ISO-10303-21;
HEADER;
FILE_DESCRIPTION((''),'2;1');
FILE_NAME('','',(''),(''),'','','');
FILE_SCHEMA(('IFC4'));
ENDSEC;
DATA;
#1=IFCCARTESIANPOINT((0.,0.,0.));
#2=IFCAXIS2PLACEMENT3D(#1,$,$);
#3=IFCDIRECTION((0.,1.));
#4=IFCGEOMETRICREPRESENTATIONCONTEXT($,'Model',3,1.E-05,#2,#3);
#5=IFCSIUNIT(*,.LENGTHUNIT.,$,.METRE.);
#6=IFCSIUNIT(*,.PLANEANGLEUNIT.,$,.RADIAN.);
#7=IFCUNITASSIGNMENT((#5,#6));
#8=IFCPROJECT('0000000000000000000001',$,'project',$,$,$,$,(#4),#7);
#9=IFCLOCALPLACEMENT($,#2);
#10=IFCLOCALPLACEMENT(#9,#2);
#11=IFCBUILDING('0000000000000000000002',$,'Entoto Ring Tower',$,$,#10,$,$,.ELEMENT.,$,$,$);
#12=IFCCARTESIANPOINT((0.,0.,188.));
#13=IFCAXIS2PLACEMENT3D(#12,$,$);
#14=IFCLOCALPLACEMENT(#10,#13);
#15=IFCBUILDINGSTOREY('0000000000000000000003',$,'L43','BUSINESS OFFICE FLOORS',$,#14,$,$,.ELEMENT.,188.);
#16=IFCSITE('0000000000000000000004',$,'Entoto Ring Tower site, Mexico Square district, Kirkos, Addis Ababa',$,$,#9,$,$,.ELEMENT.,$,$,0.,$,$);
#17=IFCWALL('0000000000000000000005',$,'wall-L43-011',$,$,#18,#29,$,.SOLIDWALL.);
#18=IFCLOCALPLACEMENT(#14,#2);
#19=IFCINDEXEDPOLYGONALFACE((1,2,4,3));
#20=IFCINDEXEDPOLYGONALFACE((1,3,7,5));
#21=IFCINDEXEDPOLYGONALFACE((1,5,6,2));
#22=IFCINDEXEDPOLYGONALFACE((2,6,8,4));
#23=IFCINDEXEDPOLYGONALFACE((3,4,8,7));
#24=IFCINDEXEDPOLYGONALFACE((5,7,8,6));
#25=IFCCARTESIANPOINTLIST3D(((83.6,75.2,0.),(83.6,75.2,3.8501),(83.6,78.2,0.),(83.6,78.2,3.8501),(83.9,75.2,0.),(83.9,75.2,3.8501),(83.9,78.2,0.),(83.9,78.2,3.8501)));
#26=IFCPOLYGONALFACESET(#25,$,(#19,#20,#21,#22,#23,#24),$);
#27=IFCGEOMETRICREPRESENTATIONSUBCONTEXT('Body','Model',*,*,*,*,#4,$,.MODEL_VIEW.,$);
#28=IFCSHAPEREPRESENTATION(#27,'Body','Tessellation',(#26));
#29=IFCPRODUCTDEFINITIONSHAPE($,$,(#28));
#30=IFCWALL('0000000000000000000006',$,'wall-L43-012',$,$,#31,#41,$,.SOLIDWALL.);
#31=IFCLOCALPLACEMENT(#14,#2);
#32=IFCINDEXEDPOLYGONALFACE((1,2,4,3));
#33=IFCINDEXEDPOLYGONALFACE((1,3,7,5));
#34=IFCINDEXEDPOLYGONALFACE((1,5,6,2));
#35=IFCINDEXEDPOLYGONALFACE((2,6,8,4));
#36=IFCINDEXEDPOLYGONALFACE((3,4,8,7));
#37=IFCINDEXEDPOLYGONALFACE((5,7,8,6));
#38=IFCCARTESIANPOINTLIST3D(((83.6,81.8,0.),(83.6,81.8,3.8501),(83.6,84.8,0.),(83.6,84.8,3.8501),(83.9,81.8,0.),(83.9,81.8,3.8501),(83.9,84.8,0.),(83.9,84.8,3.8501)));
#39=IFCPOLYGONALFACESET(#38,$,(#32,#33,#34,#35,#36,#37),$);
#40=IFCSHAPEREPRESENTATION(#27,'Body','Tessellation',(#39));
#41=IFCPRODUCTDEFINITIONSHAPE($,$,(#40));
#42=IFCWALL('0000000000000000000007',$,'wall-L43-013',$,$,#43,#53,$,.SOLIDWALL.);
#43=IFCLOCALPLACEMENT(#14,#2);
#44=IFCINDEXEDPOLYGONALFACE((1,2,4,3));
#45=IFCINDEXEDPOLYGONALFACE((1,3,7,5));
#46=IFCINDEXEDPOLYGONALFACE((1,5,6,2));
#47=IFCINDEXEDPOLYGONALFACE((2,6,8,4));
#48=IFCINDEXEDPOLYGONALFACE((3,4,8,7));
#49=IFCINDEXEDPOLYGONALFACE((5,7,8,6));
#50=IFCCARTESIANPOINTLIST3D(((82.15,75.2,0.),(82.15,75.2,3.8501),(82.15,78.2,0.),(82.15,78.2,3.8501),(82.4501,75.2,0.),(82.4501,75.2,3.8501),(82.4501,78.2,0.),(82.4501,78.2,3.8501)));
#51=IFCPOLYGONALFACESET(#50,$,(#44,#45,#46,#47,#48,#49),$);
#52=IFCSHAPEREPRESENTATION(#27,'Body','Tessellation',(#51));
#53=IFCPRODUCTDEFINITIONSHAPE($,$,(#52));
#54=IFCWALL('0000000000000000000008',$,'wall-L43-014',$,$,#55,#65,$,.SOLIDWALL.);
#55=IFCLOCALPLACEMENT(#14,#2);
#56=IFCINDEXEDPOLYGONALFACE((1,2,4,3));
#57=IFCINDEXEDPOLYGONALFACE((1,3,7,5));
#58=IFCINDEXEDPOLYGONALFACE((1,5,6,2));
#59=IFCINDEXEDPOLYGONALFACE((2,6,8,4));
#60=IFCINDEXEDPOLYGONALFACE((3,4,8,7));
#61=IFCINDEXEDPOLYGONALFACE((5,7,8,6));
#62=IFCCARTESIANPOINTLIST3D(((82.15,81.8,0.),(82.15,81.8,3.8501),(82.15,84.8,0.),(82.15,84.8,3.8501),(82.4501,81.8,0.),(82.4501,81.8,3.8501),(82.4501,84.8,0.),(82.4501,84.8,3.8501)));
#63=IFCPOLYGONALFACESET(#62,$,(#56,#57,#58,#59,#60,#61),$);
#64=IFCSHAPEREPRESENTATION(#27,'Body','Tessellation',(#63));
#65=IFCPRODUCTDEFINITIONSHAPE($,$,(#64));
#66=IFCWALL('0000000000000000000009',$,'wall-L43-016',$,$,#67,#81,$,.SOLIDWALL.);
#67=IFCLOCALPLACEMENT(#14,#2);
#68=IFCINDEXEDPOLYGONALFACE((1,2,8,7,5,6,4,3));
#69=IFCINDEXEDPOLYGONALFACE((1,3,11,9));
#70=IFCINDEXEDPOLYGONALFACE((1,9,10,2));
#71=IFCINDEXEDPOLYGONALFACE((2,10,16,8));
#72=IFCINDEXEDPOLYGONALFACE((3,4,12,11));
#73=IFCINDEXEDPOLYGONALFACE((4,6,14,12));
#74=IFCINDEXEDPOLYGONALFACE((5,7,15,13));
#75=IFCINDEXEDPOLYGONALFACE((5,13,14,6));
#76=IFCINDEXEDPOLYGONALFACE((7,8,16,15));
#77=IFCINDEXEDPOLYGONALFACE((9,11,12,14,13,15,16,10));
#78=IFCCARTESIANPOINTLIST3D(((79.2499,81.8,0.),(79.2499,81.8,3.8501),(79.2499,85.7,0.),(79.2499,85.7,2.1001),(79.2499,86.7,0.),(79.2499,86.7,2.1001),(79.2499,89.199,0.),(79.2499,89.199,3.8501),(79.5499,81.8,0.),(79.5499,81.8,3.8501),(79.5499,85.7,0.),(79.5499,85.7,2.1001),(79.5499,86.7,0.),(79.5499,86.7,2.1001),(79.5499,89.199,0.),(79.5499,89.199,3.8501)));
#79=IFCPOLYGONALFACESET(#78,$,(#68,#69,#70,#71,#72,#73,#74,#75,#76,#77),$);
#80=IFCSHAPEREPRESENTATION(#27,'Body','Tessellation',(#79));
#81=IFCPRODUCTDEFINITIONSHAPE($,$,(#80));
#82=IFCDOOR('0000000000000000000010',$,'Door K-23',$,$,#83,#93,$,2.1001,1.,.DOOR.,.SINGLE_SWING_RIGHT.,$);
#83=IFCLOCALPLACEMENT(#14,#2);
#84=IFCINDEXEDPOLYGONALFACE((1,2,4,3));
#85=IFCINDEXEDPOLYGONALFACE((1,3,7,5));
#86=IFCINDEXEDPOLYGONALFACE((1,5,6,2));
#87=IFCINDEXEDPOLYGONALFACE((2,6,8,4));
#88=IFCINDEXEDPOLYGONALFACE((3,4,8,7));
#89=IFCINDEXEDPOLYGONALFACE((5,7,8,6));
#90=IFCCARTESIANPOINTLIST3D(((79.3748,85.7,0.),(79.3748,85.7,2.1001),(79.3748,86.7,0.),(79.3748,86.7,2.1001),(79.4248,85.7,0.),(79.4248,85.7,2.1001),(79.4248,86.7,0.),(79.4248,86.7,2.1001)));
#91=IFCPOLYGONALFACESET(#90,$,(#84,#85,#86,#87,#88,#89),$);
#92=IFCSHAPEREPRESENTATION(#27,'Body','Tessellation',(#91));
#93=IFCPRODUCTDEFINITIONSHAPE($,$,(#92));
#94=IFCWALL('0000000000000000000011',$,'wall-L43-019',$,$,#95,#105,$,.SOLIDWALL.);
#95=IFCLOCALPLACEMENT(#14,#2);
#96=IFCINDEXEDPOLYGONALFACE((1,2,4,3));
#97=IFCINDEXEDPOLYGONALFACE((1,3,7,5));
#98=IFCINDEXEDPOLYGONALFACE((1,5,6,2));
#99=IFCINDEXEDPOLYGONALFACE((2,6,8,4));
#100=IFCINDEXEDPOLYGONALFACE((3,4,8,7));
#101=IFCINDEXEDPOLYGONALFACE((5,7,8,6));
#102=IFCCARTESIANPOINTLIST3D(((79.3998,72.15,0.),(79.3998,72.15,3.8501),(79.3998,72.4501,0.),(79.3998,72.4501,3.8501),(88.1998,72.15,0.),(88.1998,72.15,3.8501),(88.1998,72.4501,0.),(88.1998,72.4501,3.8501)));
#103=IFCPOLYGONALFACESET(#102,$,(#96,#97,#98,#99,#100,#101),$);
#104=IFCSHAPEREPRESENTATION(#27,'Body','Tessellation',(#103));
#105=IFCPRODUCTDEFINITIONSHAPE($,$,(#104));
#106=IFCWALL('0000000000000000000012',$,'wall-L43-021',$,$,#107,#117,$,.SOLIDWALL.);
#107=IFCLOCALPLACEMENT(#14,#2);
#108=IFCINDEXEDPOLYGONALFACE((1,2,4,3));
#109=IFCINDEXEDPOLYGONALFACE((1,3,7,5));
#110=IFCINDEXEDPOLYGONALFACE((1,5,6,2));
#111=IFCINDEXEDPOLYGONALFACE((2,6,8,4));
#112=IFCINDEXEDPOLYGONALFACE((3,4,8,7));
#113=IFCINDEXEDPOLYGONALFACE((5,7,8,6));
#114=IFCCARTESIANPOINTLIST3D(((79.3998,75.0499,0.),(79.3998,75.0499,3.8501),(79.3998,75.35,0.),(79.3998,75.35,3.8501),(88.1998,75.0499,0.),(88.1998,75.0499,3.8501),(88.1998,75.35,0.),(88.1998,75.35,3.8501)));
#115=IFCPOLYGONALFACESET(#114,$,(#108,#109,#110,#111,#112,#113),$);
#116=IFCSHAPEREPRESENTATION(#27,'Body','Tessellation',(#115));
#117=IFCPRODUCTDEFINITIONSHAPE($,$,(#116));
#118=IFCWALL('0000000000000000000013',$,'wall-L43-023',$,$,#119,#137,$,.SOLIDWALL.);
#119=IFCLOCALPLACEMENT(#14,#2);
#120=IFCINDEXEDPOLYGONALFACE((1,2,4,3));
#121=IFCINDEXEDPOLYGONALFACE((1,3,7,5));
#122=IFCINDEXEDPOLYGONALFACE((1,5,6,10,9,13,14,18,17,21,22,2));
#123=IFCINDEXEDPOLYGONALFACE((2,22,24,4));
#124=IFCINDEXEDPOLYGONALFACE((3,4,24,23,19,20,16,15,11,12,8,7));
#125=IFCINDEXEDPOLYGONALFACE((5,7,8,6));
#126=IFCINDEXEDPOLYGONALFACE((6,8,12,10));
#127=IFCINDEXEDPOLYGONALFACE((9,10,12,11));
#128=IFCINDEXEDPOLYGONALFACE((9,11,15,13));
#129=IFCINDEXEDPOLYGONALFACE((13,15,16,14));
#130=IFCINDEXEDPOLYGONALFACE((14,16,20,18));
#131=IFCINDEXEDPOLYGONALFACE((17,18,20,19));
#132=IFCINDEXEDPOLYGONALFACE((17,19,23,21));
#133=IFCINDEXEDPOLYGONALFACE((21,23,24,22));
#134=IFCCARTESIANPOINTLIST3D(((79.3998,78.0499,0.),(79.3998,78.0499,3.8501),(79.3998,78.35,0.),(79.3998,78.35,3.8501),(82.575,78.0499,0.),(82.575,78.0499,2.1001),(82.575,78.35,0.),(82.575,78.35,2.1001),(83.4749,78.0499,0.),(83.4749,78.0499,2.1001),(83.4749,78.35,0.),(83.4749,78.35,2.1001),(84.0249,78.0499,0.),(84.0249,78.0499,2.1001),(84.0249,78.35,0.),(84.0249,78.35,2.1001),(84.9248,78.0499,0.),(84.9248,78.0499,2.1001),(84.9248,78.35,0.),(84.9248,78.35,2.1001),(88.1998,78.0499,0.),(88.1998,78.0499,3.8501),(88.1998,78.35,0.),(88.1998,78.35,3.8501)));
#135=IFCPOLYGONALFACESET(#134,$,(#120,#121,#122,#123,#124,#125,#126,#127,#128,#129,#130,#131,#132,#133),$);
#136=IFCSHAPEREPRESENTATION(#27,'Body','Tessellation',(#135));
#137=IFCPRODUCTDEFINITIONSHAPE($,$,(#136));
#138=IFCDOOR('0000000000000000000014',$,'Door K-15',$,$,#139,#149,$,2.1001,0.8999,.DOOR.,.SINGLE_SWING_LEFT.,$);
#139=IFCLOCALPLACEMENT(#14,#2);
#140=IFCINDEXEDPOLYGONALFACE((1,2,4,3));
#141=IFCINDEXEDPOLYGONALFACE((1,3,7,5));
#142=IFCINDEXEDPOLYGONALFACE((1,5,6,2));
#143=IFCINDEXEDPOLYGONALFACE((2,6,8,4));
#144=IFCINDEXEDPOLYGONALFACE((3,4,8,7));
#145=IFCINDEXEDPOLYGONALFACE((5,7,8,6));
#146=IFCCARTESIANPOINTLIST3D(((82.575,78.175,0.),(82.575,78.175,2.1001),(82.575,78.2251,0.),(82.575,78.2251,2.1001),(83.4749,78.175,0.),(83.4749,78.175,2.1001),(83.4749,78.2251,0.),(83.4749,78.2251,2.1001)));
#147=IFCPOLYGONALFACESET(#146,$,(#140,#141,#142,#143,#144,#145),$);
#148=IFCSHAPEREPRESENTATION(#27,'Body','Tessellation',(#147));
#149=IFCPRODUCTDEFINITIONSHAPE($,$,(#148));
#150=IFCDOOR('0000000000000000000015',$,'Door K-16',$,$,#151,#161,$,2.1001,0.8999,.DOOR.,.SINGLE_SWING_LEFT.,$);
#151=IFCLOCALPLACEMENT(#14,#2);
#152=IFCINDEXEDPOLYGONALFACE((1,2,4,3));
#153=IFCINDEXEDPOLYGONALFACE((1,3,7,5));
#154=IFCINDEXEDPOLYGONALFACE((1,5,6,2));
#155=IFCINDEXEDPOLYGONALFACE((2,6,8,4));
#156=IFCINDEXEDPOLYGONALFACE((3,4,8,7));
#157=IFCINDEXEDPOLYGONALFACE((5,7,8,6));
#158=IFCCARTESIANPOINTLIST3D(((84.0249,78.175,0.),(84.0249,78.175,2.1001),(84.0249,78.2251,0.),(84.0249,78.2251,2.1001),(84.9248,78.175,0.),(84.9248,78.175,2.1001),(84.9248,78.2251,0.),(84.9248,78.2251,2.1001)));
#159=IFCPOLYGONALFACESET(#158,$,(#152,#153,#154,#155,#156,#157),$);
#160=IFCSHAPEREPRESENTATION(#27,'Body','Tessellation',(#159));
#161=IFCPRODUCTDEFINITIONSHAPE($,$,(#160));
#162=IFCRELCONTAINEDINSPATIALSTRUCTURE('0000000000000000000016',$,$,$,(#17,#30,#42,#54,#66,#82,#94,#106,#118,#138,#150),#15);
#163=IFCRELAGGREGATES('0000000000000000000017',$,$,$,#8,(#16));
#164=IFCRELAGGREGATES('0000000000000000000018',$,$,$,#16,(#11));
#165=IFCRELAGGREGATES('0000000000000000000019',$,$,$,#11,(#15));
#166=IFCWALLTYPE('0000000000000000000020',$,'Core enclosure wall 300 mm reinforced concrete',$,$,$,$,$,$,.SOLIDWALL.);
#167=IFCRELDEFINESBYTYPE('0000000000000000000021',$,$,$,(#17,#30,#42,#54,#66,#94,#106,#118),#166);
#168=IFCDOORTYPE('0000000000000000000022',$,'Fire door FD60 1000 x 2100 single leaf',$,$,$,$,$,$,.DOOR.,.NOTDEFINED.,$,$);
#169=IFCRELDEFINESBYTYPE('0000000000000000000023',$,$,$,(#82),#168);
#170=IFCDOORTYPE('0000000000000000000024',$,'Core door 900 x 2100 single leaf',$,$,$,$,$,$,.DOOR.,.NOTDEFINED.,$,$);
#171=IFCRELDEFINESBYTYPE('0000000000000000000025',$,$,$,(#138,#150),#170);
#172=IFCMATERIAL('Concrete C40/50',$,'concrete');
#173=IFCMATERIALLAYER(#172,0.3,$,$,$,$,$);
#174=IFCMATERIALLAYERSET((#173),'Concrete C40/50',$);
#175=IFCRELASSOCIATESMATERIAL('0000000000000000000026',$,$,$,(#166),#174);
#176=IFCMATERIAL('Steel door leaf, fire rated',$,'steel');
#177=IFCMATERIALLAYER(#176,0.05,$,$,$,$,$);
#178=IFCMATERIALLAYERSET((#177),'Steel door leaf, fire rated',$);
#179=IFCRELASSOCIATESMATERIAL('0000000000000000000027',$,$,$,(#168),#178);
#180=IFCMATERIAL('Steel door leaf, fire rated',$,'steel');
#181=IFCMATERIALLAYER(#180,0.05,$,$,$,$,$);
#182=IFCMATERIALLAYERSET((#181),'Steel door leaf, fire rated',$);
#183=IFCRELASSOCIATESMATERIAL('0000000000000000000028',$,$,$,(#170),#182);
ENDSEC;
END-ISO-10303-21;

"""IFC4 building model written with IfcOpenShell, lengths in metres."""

from ifc_helpers import new_model, si_unit, direction, frame, frame_2d, origin, place, context, subcontext, project, spatial, rectangle, extrude, material, layer, layer_set, type_object, element, fill, save


model = new_model("IFC4")

# Units and contexts
model_context = context("Model", 3, precision=1e-05, world=origin(), true_north=direction((0.0, 1.0)))
body_context = subcontext(model_context, "Body", "Model", "MODEL_VIEW")
ifc_project = project(units=[si_unit("LENGTHUNIT", "METRE"), si_unit("PLANEANGLEUNIT", "RADIAN")], contexts=[model_context])

# Site, building, storey
site_placement = place(None, origin())
site = spatial("IfcSite", under=ifc_project, at=site_placement, Name="Entoto Ring Tower site, Mexico Square district, Kirkos, Addis Ababa", CompositionType="ELEMENT", RefElevation=0.0)
building_placement = place(site_placement, origin())
building = spatial("IfcBuilding", under=site, at=building_placement, Name="Entoto Ring Tower", CompositionType="ELEMENT")
storey_placement = place(building_placement, frame((0.0, 0.0, 188.0)))
storey = spatial("IfcBuildingStorey", under=building, at=storey_placement, Name="L43", Description="BUSINESS OFFICE FLOORS", CompositionType="ELEMENT", Elevation=188.0)

# Walls
ifc_material_1 = material(Name="Concrete C40/50", Category="concrete")
ifc_layer_1 = layer(ifc_material_1, 0.3)
ifc_layer_set_1 = layer_set([ifc_layer_1], Name="Concrete C40/50")
wall_type_1 = type_object("IfcWallType", Name="Core enclosure wall 300 mm reinforced concrete", PredefinedType="SOLIDWALL", material=ifc_layer_set_1)
for number, where, z_axis, x_axis, name in (
    (1, (83.75, 75.2, 0.0), (0.0, 0.0, 1.0), (0.0, 1.0, 0.0), "wall-L43-011"),
    (2, (83.75, 81.8, 0.0), (0.0, 0.0, 1.0), (0.0, 1.0, 0.0), "wall-L43-012"),
    (3, (82.3, 75.2, 0.0), (0.0, 0.0, 1.0), (0.0, 1.0, 0.0), "wall-L43-013"),
    (4, (82.3, 81.8, 0.0), (0.0, 0.0, 1.0), (0.0, 1.0, 0.0), "wall-L43-014"),
):
    element("IfcWall", number, at=place(storey_placement, frame(where, z_axis=z_axis, x_axis=x_axis)), inside=storey, type_object=wall_type_1, Name=name, PredefinedType="SOLIDWALL", context=body_context, shape_type="SweptSolid", body=[
        extrude(rectangle(XDim=3.0, YDim=0.3, at=frame_2d((1.5, 0.0))), origin(), (0.0, 0.0, 1.0), 3.8501),
    ])

# Wall, opening, door
wall_1_placement = place(storey_placement, frame((79.3999, 81.8, 0.0), z_axis=(0.0, 0.0, 1.0), x_axis=(0.0, 1.0, 0.0)))
wall_1 = element("IfcWall", 5, at=wall_1_placement, inside=storey, type_object=wall_type_1, Name="wall-L43-016", PredefinedType="SOLIDWALL", context=body_context, shape_type="SweptSolid", body=[
    extrude(rectangle(XDim=7.3989, YDim=0.3, at=frame_2d((3.6995, 0.0))), origin(), (0.0, 0.0, 1.0), 3.8501),
])
opening_1_placement = place(wall_1_placement, frame((3.8999, 0.0, 0.0)))
opening_1 = element("IfcOpeningElement", 6, at=opening_1_placement, cuts=wall_1, PredefinedType="OPENING", context=body_context, shape_type="SweptSolid", body=[
    extrude(rectangle(XDim=1.0, YDim=2.1001, at=frame_2d((0.5, 1.05))), frame((0.0, 0.1602, 0.0), z_axis=(0.0, -1.0, 0.0), x_axis=(1.0, 0.0, 0.0)), (0.0, 0.0, 1.0), 0.3201),
])
ifc_material_2 = material(Name="Steel door leaf, fire rated", Category="steel")
ifc_layer_2 = layer(ifc_material_2, 0.05)
ifc_layer_set_2 = layer_set([ifc_layer_2], Name="Steel door leaf, fire rated")
door_type_1 = type_object("IfcDoorType", Name="Fire door FD60 1000 x 2100 single leaf", OperationType="NOTDEFINED", PredefinedType="DOOR", material=ifc_layer_set_2)
door_1_placement = place(opening_1_placement, frame((1.0, 0.0, 0.0), z_axis=(0.0, 0.0, 1.0), x_axis=(-1.0, 0.0, 0.0)))
door_1 = element("IfcDoor", 7, at=door_1_placement, inside=storey, type_object=door_type_1, Name="Door K-23", OperationType="SINGLE_SWING_RIGHT", OverallHeight=2.1001, OverallWidth=1.0, PredefinedType="DOOR", context=body_context, shape_type="SweptSolid", body=[
    extrude(rectangle(XDim=1.0, YDim=2.1001, at=frame_2d((0.5, 1.05))), frame((0.0, 0.0249, 0.0), z_axis=(0.0, -1.0, 0.0), x_axis=(1.0, 0.0, 0.0)), (0.0, 0.0, 1.0), 0.05),
])
fill(opening_1, door_1)

# Walls
for number, where, z_axis, x_axis, name in (
    (8, (79.3999, 72.3, 0.0), (0.0, 0.0, 1.0), (1.0, 0.0, 0.0), "wall-L43-019"),
    (9, (79.3999, 75.2, 0.0), (0.0, 0.0, 1.0), (1.0, 0.0, 0.0), "wall-L43-021"),
):
    element("IfcWall", number, at=place(storey_placement, frame(where, z_axis=z_axis, x_axis=x_axis)), inside=storey, type_object=wall_type_1, Name=name, PredefinedType="SOLIDWALL", context=body_context, shape_type="SweptSolid", body=[
        extrude(rectangle(XDim=8.8, YDim=0.3, at=frame_2d((4.3999, 0.0))), origin(), (0.0, 0.0, 1.0), 3.8501),
    ])

# Wall, openings, doors
wall_2_placement = place(storey_placement, frame((79.3999, 78.2, 0.0), z_axis=(0.0, 0.0, 1.0), x_axis=(1.0, 0.0, 0.0)))
wall_2 = element("IfcWall", 10, at=wall_2_placement, inside=storey, type_object=wall_type_1, Name="wall-L43-023", PredefinedType="SOLIDWALL", context=body_context, shape_type="SweptSolid", body=[
    extrude(rectangle(XDim=8.8, YDim=0.3, at=frame_2d((4.3999, 0.0))), origin(), (0.0, 0.0, 1.0), 3.8501),
])
opening_2_placement = place(wall_2_placement, frame((3.175, 0.0, 0.0)))
opening_2 = element("IfcOpeningElement", 11, at=opening_2_placement, cuts=wall_2, PredefinedType="OPENING", context=body_context, shape_type="SweptSolid", body=[
    extrude(rectangle(XDim=0.8999, YDim=2.1001, at=frame_2d((0.45, 1.05))), frame((0.0, 0.1602, 0.0), z_axis=(0.0, -1.0, 0.0), x_axis=(1.0, 0.0, 0.0)), (0.0, 0.0, 1.0), 0.3201),
])
opening_3_placement = place(wall_2_placement, frame((4.625, 0.0, 0.0)))
opening_3 = element("IfcOpeningElement", 12, at=opening_3_placement, cuts=wall_2, PredefinedType="OPENING", context=body_context, shape_type="SweptSolid", body=[
    extrude(rectangle(XDim=0.8999, YDim=2.1001, at=frame_2d((0.45, 1.05))), frame((0.0, 0.1602, 0.0), z_axis=(0.0, -1.0, 0.0), x_axis=(1.0, 0.0, 0.0)), (0.0, 0.0, 1.0), 0.3201),
])
ifc_material_3 = material(Name="Steel door leaf, fire rated", Category="steel")
ifc_layer_3 = layer(ifc_material_3, 0.05)
ifc_layer_set_3 = layer_set([ifc_layer_3], Name="Steel door leaf, fire rated")
door_type_2 = type_object("IfcDoorType", Name="Core door 900 x 2100 single leaf", OperationType="NOTDEFINED", PredefinedType="DOOR", material=ifc_layer_set_3)
door_2_placement = place(opening_2_placement, frame((0.8999, 0.0, 0.0), z_axis=(0.0, 0.0, 1.0), x_axis=(-1.0, 0.0, 0.0)))
door_2 = element("IfcDoor", 13, at=door_2_placement, inside=storey, type_object=door_type_2, Name="Door K-15", OperationType="SINGLE_SWING_LEFT", OverallHeight=2.1001, OverallWidth=0.8999, PredefinedType="DOOR", context=body_context, shape_type="SweptSolid", body=[
    extrude(rectangle(XDim=0.8999, YDim=2.1001, at=frame_2d((0.45, 1.05))), frame((0.0, 0.0249, 0.0), z_axis=(0.0, -1.0, 0.0), x_axis=(1.0, 0.0, 0.0)), (0.0, 0.0, 1.0), 0.05),
])
fill(opening_2, door_2)
door_3_placement = place(opening_3_placement, frame((0.8999, 0.0, 0.0), z_axis=(0.0, 0.0, 1.0), x_axis=(-1.0, 0.0, 0.0)))
door_3 = element("IfcDoor", 14, at=door_3_placement, inside=storey, type_object=door_type_2, Name="Door K-16", OperationType="SINGLE_SWING_LEFT", OverallHeight=2.1001, OverallWidth=0.8999, PredefinedType="DOOR", context=body_context, shape_type="SweptSolid", body=[
    extrude(rectangle(XDim=0.8999, YDim=2.1001, at=frame_2d((0.45, 1.05))), frame((0.0, 0.0249, 0.0), z_axis=(0.0, -1.0, 0.0), x_axis=(1.0, 0.0, 0.0)), (0.0, 0.0, 1.0), 0.05),
])
fill(opening_3, door_3)

save(model, "model.ifc")
